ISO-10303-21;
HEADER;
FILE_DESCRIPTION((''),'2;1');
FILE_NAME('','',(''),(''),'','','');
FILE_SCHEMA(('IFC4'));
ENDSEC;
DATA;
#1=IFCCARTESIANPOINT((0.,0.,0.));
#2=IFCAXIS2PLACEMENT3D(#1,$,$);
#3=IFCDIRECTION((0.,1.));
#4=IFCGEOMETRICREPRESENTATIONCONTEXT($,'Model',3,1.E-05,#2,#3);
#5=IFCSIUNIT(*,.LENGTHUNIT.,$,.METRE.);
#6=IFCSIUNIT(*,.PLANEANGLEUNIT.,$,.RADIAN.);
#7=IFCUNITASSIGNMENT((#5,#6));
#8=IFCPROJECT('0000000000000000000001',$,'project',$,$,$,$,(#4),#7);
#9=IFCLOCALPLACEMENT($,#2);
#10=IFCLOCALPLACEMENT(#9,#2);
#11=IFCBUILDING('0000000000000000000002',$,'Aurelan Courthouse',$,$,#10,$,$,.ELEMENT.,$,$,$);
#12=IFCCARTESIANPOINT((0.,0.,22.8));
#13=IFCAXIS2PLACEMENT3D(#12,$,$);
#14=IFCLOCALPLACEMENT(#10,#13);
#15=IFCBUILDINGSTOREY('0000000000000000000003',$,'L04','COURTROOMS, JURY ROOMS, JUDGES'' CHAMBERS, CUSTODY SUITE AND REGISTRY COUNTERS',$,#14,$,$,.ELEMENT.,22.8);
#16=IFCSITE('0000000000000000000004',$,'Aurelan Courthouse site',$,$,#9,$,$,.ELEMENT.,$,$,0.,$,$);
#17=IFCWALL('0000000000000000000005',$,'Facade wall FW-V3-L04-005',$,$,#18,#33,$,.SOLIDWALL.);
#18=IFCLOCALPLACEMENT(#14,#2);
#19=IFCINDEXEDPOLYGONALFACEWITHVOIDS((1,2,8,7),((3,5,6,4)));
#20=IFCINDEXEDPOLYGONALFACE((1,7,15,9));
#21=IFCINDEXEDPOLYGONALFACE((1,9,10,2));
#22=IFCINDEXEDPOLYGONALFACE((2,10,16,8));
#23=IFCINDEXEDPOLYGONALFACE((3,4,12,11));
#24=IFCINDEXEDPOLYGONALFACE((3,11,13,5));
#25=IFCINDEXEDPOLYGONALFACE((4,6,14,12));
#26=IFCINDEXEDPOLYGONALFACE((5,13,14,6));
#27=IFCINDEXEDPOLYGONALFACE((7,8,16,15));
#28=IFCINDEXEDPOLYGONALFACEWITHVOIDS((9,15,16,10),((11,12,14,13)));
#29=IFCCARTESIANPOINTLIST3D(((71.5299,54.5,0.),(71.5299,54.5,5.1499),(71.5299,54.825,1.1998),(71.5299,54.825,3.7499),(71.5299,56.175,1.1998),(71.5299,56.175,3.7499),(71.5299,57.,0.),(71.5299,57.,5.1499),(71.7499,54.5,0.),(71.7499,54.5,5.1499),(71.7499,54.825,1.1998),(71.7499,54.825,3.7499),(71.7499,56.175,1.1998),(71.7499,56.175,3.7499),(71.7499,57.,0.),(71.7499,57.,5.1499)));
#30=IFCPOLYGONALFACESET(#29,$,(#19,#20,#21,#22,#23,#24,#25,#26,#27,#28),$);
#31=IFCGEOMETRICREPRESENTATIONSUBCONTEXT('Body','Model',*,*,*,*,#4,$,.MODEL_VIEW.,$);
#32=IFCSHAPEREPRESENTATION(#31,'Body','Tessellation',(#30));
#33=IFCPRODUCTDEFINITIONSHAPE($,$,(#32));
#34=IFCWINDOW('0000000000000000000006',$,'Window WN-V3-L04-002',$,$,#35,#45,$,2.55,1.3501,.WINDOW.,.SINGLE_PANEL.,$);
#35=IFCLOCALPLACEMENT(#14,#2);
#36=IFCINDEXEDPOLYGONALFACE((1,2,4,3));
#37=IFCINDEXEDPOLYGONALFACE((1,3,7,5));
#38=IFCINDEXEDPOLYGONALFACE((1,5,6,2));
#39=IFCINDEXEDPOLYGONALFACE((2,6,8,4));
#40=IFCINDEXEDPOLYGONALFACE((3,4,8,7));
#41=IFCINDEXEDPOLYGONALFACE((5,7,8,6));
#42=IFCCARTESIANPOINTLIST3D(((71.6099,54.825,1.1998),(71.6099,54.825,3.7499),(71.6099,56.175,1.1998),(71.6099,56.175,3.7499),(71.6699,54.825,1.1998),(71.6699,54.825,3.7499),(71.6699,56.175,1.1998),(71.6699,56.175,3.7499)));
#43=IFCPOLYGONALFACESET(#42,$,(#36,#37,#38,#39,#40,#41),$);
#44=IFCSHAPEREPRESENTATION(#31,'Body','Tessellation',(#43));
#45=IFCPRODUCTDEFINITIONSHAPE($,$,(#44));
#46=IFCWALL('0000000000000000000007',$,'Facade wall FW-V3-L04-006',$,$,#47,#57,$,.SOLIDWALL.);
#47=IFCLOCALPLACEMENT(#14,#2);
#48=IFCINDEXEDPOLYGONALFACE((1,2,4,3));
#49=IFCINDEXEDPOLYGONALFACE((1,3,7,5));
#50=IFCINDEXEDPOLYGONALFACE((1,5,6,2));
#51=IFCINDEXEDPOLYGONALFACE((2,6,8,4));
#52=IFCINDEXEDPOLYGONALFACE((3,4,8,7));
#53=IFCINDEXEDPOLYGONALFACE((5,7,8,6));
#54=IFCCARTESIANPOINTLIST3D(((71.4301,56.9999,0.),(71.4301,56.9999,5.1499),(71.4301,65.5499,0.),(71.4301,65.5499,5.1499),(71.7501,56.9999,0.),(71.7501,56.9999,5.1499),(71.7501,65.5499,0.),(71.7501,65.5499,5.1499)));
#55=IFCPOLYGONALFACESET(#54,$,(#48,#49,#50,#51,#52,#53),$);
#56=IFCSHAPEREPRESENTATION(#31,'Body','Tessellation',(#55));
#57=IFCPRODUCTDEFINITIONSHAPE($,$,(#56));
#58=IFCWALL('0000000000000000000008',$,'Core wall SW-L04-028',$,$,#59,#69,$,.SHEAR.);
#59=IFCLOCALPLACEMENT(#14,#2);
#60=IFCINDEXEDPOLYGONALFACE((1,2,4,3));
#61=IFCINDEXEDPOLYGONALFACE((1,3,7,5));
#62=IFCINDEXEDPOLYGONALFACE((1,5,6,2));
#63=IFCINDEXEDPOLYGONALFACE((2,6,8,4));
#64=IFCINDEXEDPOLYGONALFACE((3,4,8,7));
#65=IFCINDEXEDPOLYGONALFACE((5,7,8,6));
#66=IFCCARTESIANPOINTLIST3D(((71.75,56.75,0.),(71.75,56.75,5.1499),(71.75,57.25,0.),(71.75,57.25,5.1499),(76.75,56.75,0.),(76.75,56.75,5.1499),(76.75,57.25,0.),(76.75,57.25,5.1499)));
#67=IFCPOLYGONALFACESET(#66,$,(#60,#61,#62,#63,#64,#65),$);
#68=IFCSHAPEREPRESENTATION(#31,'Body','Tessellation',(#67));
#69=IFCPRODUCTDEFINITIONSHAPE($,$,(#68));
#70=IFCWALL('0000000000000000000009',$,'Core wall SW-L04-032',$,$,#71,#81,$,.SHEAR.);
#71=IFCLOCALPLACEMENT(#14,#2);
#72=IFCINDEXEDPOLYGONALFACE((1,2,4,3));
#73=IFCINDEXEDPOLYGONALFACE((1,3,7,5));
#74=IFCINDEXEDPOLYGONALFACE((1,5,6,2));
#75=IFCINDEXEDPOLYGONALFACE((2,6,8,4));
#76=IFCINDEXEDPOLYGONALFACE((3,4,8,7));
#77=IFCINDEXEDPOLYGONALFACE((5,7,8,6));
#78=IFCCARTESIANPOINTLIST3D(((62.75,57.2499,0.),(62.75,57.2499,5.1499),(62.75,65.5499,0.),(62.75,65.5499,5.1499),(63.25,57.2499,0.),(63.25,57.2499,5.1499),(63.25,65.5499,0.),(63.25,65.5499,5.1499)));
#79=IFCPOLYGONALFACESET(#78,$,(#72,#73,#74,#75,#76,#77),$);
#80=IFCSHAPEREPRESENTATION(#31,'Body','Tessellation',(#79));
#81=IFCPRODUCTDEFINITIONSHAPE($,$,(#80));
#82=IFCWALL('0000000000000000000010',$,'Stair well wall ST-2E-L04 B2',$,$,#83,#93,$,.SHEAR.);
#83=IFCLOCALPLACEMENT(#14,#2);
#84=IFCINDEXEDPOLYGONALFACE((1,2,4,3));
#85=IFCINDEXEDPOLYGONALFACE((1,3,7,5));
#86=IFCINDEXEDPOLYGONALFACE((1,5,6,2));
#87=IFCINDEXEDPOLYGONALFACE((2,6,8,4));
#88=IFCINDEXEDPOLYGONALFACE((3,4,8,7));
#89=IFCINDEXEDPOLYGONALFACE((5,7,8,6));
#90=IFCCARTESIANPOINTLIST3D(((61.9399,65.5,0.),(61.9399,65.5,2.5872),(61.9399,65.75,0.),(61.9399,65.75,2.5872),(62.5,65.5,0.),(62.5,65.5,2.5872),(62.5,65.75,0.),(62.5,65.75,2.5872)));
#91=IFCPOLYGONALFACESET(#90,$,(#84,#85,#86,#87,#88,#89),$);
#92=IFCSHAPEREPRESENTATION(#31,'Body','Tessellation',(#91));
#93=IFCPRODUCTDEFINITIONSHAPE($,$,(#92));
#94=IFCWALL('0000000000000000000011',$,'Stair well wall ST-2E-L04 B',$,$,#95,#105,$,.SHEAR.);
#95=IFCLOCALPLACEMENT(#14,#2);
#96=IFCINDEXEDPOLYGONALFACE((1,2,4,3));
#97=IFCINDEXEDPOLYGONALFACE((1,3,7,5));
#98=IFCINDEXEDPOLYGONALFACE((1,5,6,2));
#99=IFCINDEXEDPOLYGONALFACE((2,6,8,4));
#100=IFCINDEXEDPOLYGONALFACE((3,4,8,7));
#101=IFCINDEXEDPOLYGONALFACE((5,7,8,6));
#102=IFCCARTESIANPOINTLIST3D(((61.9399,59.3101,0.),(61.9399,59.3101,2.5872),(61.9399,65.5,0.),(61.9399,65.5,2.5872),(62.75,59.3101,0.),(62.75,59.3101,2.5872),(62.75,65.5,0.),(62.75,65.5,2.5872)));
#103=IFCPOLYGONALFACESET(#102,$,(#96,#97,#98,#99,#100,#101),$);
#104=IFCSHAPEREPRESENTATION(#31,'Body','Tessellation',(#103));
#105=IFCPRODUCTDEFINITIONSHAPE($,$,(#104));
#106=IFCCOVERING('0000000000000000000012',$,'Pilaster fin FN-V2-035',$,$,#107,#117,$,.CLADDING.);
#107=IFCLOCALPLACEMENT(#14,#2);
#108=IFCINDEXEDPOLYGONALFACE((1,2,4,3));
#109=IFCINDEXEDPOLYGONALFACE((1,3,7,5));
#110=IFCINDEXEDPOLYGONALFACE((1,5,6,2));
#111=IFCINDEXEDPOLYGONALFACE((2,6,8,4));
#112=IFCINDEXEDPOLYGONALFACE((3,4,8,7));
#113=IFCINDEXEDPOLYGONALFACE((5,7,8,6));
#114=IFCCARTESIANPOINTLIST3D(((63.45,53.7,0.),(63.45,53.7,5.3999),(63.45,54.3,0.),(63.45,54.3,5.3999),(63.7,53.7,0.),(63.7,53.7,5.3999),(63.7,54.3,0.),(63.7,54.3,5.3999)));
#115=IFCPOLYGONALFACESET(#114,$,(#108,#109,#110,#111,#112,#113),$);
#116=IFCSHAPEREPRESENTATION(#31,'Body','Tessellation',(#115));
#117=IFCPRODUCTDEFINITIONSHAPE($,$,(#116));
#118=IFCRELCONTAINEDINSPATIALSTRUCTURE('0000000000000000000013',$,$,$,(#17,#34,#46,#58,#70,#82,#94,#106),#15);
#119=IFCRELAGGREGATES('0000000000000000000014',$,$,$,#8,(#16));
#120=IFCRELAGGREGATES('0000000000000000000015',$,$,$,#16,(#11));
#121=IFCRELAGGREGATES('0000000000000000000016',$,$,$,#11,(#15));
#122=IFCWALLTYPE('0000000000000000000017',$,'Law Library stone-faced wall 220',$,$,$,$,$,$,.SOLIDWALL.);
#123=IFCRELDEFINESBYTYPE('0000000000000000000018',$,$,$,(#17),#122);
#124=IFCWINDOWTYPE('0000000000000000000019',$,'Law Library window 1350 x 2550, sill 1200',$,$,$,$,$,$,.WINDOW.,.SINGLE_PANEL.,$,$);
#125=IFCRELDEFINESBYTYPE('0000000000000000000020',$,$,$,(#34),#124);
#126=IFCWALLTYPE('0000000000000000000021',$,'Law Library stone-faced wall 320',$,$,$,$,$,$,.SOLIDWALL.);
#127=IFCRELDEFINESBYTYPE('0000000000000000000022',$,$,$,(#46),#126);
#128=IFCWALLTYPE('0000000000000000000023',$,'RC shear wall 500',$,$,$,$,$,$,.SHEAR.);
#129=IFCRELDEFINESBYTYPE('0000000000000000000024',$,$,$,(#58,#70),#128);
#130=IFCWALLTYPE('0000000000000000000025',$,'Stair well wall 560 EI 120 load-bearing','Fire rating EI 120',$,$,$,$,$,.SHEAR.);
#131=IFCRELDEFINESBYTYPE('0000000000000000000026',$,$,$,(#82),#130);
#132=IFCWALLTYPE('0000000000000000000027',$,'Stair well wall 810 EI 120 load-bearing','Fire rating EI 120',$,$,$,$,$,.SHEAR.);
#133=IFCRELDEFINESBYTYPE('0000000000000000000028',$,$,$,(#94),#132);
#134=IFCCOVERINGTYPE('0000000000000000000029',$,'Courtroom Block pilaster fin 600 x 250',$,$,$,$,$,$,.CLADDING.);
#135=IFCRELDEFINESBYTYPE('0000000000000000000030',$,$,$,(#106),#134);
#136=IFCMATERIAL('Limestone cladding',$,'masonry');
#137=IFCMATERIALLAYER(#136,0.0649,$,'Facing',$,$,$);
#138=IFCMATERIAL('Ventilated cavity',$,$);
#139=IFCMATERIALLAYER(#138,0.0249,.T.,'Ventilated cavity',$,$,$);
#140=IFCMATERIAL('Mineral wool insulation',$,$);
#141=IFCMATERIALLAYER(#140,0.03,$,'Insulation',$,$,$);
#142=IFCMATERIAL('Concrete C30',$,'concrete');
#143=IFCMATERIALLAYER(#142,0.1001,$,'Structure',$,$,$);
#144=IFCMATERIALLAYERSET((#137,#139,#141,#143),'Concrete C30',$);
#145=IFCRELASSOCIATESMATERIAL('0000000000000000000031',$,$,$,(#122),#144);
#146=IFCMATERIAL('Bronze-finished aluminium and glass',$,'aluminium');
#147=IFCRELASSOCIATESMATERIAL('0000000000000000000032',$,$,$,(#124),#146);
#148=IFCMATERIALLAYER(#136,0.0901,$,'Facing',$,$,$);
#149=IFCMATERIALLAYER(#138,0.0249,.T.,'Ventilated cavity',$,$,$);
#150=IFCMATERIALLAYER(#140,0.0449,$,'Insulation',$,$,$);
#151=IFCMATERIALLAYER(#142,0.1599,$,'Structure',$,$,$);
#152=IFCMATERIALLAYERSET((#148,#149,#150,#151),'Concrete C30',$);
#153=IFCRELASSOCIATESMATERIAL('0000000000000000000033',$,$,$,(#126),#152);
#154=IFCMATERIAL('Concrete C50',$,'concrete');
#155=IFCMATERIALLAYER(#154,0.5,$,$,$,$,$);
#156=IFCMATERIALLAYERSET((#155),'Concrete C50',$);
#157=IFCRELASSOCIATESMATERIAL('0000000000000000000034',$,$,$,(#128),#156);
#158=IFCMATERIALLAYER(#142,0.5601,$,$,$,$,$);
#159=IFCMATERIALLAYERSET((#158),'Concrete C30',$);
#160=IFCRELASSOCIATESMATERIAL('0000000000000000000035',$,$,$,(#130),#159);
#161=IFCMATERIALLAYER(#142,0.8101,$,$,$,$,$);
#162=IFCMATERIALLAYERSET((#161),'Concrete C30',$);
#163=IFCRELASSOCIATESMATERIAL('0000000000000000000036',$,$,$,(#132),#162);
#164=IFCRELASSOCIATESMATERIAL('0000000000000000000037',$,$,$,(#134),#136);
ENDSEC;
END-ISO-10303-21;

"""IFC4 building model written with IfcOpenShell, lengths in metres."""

from ifc_helpers import new_model, si_unit, direction, frame, frame_2d, origin, origin_2d, place, context, subcontext, project, spatial, rectangle, extrude, material, layer, layer_set, type_object, element, fill, save


model = new_model("IFC4")

# Units and contexts
model_context = context("Model", 3, precision=1e-05, world=origin(), true_north=direction((0.0, 1.0)))
body_context = subcontext(model_context, "Body", "Model", "MODEL_VIEW")
ifc_project = project(units=[si_unit("LENGTHUNIT", "METRE"), si_unit("PLANEANGLEUNIT", "RADIAN")], contexts=[model_context])

# Site, building, storey
site_placement = place(None, origin())
site = spatial("IfcSite", under=ifc_project, at=site_placement, Name="Aurelan Courthouse site", CompositionType="ELEMENT", RefElevation=0.0)
building_placement = place(site_placement, origin())
building = spatial("IfcBuilding", under=site, at=building_placement, Name="Aurelan Courthouse", CompositionType="ELEMENT")
storey_placement = place(building_placement, frame((0.0, 0.0, 22.8)))
storey = spatial("IfcBuildingStorey", under=building, at=storey_placement, Name="L04", Description="COURTROOMS, JURY ROOMS, JUDGES' CHAMBERS, CUSTODY SUITE AND REGISTRY COUNTERS", CompositionType="ELEMENT", Elevation=22.8)

# Shared definitions
ifc_material_1 = material(Name="Concrete C50", Category="concrete")

# Shared definitions
ifc_material_2 = material(Name="Bronze-finished aluminium and glass", Category="aluminium")

# Shared definitions
ifc_material_3 = material(Name="Limestone cladding", Category="masonry")
ifc_material_4 = material(Name="Ventilated cavity")
ifc_material_5 = material(Name="Mineral wool insulation")
ifc_material_6 = material(Name="Concrete C30", Category="concrete")

# Wall, opening, window
ifc_layer_1 = layer(ifc_material_3, 0.0649, Name="Facing")
ifc_layer_2 = layer(ifc_material_4, 0.0249, ventilated=True, Name="Ventilated cavity")
ifc_layer_3 = layer(ifc_material_5, 0.03, Name="Insulation")
ifc_layer_4 = layer(ifc_material_6, 0.1001, Name="Structure")
ifc_layer_set_1 = layer_set([ifc_layer_1, ifc_layer_2, ifc_layer_3, ifc_layer_4], Name="Concrete C30")
wall_type_1 = type_object("IfcWallType", Name="Law Library stone-faced wall 220", PredefinedType="SOLIDWALL", material=ifc_layer_set_1)
wall_1_placement = place(storey_placement, frame((71.6399, 54.5, 0.0), z_axis=(0.0, 0.0, 1.0), x_axis=(0.0, 1.0, 0.0)))
wall_1 = element("IfcWall", 1, at=wall_1_placement, inside=storey, type_object=wall_type_1, Name="Facade wall FW-V3-L04-005", PredefinedType="SOLIDWALL", context=body_context, shape_type="SweptSolid", body=[
    extrude(rectangle(XDim=2.5, YDim=0.22, at=frame_2d((1.25, 0.0))), origin(), (0.0, 0.0, 1.0), 5.1499),
])
opening_1_placement = place(wall_1_placement, frame((0.325, 0.0, 1.2)))
opening_1 = element("IfcOpeningElement", 2, at=opening_1_placement, cuts=wall_1, PredefinedType="OPENING", context=body_context, shape_type="SweptSolid", body=[
    extrude(rectangle(XDim=1.3501, YDim=2.55, at=frame_2d((0.675, 1.2749))), frame((0.0, 0.1199, 0.0), z_axis=(0.0, -1.0, 0.0), x_axis=(1.0, 0.0, 0.0)), (0.0, 0.0, 1.0), 0.24),
])
window_type_1 = type_object("IfcWindowType", Name="Law Library window 1350 x 2550, sill 1200", PartitioningType="SINGLE_PANEL", PredefinedType="WINDOW", material=ifc_material_2)
window_1_placement = place(opening_1_placement, origin())
window_1 = element("IfcWindow", 3, at=window_1_placement, inside=storey, type_object=window_type_1, Name="Window WN-V3-L04-002", OverallHeight=2.55, OverallWidth=1.3501, PartitioningType="SINGLE_PANEL", PredefinedType="WINDOW", context=body_context, shape_type="SweptSolid", body=[
    extrude(rectangle(XDim=1.3501, YDim=2.55, at=frame_2d((0.675, 1.2749))), frame((0.0, 0.03, 0.0), z_axis=(0.0, -1.0, 0.0), x_axis=(1.0, 0.0, 0.0)), (0.0, 0.0, 1.0), 0.0601),
])
fill(opening_1, window_1)

# Walls
ifc_layer_5 = layer(ifc_material_3, 0.0901, Name="Facing")
ifc_layer_6 = layer(ifc_material_4, 0.0249, ventilated=True, Name="Ventilated cavity")
ifc_layer_7 = layer(ifc_material_5, 0.0449, Name="Insulation")
ifc_layer_8 = layer(ifc_material_6, 0.1599, Name="Structure")
ifc_layer_set_2 = layer_set([ifc_layer_5, ifc_layer_6, ifc_layer_7, ifc_layer_8], Name="Concrete C30")
wall_type_2 = type_object("IfcWallType", Name="Law Library stone-faced wall 320", PredefinedType="SOLIDWALL", material=ifc_layer_set_2)
wall_2_placement = place(storey_placement, frame((71.5901, 57.0, 0.0), z_axis=(0.0, 0.0, 1.0), x_axis=(0.0, 1.0, 0.0)))
element("IfcWall", 4, at=wall_2_placement, inside=storey, type_object=wall_type_2, Name="Facade wall FW-V3-L04-006", PredefinedType="SOLIDWALL", context=body_context, shape_type="SweptSolid", body=[
    extrude(rectangle(XDim=8.55, YDim=0.3201, at=frame_2d((4.2749, 0.0))), origin(), (0.0, 0.0, 1.0), 5.1499),
])
ifc_layer_9 = layer(ifc_material_1, 0.5)
ifc_layer_set_3 = layer_set([ifc_layer_9], Name="Concrete C50")
wall_type_3 = type_object("IfcWallType", Name="RC shear wall 500", PredefinedType="SHEAR", material=ifc_layer_set_3)
wall_3_placement = place(storey_placement, frame((71.75, 57.0, 0.0), z_axis=(0.0, 0.0, 1.0), x_axis=(1.0, 0.0, 0.0)))
element("IfcWall", 5, at=wall_3_placement, inside=storey, type_object=wall_type_3, Name="Core wall SW-L04-028", PredefinedType="SHEAR", context=body_context, shape_type="SweptSolid", body=[
    extrude(rectangle(XDim=5.0, YDim=0.5, at=frame_2d((2.5, 0.0))), origin(), (0.0, 0.0, 1.0), 5.1499),
])
wall_4_placement = place(storey_placement, frame((63.0, 57.25, 0.0), z_axis=(0.0, 0.0, 1.0), x_axis=(0.0, 1.0, 0.0)))
element("IfcWall", 6, at=wall_4_placement, inside=storey, type_object=wall_type_3, Name="Core wall SW-L04-032", PredefinedType="SHEAR", context=body_context, shape_type="SweptSolid", body=[
    extrude(rectangle(XDim=8.3, YDim=0.5, at=frame_2d((4.1499, 0.0))), origin(), (0.0, 0.0, 1.0), 5.1499),
])
ifc_layer_10 = layer(ifc_material_6, 0.5601)
ifc_layer_set_4 = layer_set([ifc_layer_10], Name="Concrete C30")
wall_type_4 = type_object("IfcWallType", Name="Stair well wall 560 EI 120 load-bearing", Description="Fire rating EI 120", PredefinedType="SHEAR", material=ifc_layer_set_4)
wall_5_placement = place(storey_placement, frame((62.22, 65.5, 0.0), z_axis=(0.0, 0.0, 1.0), x_axis=(0.0, 1.0, 0.0)))
element("IfcWall", 7, at=wall_5_placement, inside=storey, type_object=wall_type_4, Name="Stair well wall ST-2E-L04 B2", PredefinedType="SHEAR", context=body_context, shape_type="SweptSolid", body=[
    extrude(rectangle(XDim=0.25, YDim=0.5601, at=frame_2d((0.125, 0.0))), origin(), (0.0, 0.0, 1.0), 2.5872),
])
ifc_layer_11 = layer(ifc_material_6, 0.8101)
ifc_layer_set_5 = layer_set([ifc_layer_11], Name="Concrete C30")
wall_type_5 = type_object("IfcWallType", Name="Stair well wall 810 EI 120 load-bearing", Description="Fire rating EI 120", PredefinedType="SHEAR", material=ifc_layer_set_5)
wall_6_placement = place(storey_placement, frame((62.345, 59.3101, 0.0), z_axis=(0.0, 0.0, 1.0), x_axis=(0.0, 1.0, 0.0)))
element("IfcWall", 8, at=wall_6_placement, inside=storey, type_object=wall_type_5, Name="Stair well wall ST-2E-L04 B", PredefinedType="SHEAR", context=body_context, shape_type="SweptSolid", body=[
    extrude(rectangle(XDim=6.1899, YDim=0.8101, at=frame_2d((3.095, 0.0))), origin(), (0.0, 0.0, 1.0), 2.5872),
])

# Covering
covering_type = type_object("IfcCoveringType", Name="Courtroom Block pilaster fin 600 x 250", PredefinedType="CLADDING", material=ifc_material_3)
covering_placement = place(storey_placement, frame((63.575, 54.0, 0.0), z_axis=(0.0, 0.0, 1.0), x_axis=(1.0, 0.0, 0.0)))
element("IfcCovering", 9, at=covering_placement, inside=storey, type_object=covering_type, Name="Pilaster fin FN-V2-035", PredefinedType="CLADDING", context=body_context, shape_type="SweptSolid", body=[
    extrude(rectangle(XDim=0.25, YDim=0.6001, at=origin_2d()), origin(), (0.0, 0.0, 1.0), 5.3999),
])

save(model, "model.ifc")
